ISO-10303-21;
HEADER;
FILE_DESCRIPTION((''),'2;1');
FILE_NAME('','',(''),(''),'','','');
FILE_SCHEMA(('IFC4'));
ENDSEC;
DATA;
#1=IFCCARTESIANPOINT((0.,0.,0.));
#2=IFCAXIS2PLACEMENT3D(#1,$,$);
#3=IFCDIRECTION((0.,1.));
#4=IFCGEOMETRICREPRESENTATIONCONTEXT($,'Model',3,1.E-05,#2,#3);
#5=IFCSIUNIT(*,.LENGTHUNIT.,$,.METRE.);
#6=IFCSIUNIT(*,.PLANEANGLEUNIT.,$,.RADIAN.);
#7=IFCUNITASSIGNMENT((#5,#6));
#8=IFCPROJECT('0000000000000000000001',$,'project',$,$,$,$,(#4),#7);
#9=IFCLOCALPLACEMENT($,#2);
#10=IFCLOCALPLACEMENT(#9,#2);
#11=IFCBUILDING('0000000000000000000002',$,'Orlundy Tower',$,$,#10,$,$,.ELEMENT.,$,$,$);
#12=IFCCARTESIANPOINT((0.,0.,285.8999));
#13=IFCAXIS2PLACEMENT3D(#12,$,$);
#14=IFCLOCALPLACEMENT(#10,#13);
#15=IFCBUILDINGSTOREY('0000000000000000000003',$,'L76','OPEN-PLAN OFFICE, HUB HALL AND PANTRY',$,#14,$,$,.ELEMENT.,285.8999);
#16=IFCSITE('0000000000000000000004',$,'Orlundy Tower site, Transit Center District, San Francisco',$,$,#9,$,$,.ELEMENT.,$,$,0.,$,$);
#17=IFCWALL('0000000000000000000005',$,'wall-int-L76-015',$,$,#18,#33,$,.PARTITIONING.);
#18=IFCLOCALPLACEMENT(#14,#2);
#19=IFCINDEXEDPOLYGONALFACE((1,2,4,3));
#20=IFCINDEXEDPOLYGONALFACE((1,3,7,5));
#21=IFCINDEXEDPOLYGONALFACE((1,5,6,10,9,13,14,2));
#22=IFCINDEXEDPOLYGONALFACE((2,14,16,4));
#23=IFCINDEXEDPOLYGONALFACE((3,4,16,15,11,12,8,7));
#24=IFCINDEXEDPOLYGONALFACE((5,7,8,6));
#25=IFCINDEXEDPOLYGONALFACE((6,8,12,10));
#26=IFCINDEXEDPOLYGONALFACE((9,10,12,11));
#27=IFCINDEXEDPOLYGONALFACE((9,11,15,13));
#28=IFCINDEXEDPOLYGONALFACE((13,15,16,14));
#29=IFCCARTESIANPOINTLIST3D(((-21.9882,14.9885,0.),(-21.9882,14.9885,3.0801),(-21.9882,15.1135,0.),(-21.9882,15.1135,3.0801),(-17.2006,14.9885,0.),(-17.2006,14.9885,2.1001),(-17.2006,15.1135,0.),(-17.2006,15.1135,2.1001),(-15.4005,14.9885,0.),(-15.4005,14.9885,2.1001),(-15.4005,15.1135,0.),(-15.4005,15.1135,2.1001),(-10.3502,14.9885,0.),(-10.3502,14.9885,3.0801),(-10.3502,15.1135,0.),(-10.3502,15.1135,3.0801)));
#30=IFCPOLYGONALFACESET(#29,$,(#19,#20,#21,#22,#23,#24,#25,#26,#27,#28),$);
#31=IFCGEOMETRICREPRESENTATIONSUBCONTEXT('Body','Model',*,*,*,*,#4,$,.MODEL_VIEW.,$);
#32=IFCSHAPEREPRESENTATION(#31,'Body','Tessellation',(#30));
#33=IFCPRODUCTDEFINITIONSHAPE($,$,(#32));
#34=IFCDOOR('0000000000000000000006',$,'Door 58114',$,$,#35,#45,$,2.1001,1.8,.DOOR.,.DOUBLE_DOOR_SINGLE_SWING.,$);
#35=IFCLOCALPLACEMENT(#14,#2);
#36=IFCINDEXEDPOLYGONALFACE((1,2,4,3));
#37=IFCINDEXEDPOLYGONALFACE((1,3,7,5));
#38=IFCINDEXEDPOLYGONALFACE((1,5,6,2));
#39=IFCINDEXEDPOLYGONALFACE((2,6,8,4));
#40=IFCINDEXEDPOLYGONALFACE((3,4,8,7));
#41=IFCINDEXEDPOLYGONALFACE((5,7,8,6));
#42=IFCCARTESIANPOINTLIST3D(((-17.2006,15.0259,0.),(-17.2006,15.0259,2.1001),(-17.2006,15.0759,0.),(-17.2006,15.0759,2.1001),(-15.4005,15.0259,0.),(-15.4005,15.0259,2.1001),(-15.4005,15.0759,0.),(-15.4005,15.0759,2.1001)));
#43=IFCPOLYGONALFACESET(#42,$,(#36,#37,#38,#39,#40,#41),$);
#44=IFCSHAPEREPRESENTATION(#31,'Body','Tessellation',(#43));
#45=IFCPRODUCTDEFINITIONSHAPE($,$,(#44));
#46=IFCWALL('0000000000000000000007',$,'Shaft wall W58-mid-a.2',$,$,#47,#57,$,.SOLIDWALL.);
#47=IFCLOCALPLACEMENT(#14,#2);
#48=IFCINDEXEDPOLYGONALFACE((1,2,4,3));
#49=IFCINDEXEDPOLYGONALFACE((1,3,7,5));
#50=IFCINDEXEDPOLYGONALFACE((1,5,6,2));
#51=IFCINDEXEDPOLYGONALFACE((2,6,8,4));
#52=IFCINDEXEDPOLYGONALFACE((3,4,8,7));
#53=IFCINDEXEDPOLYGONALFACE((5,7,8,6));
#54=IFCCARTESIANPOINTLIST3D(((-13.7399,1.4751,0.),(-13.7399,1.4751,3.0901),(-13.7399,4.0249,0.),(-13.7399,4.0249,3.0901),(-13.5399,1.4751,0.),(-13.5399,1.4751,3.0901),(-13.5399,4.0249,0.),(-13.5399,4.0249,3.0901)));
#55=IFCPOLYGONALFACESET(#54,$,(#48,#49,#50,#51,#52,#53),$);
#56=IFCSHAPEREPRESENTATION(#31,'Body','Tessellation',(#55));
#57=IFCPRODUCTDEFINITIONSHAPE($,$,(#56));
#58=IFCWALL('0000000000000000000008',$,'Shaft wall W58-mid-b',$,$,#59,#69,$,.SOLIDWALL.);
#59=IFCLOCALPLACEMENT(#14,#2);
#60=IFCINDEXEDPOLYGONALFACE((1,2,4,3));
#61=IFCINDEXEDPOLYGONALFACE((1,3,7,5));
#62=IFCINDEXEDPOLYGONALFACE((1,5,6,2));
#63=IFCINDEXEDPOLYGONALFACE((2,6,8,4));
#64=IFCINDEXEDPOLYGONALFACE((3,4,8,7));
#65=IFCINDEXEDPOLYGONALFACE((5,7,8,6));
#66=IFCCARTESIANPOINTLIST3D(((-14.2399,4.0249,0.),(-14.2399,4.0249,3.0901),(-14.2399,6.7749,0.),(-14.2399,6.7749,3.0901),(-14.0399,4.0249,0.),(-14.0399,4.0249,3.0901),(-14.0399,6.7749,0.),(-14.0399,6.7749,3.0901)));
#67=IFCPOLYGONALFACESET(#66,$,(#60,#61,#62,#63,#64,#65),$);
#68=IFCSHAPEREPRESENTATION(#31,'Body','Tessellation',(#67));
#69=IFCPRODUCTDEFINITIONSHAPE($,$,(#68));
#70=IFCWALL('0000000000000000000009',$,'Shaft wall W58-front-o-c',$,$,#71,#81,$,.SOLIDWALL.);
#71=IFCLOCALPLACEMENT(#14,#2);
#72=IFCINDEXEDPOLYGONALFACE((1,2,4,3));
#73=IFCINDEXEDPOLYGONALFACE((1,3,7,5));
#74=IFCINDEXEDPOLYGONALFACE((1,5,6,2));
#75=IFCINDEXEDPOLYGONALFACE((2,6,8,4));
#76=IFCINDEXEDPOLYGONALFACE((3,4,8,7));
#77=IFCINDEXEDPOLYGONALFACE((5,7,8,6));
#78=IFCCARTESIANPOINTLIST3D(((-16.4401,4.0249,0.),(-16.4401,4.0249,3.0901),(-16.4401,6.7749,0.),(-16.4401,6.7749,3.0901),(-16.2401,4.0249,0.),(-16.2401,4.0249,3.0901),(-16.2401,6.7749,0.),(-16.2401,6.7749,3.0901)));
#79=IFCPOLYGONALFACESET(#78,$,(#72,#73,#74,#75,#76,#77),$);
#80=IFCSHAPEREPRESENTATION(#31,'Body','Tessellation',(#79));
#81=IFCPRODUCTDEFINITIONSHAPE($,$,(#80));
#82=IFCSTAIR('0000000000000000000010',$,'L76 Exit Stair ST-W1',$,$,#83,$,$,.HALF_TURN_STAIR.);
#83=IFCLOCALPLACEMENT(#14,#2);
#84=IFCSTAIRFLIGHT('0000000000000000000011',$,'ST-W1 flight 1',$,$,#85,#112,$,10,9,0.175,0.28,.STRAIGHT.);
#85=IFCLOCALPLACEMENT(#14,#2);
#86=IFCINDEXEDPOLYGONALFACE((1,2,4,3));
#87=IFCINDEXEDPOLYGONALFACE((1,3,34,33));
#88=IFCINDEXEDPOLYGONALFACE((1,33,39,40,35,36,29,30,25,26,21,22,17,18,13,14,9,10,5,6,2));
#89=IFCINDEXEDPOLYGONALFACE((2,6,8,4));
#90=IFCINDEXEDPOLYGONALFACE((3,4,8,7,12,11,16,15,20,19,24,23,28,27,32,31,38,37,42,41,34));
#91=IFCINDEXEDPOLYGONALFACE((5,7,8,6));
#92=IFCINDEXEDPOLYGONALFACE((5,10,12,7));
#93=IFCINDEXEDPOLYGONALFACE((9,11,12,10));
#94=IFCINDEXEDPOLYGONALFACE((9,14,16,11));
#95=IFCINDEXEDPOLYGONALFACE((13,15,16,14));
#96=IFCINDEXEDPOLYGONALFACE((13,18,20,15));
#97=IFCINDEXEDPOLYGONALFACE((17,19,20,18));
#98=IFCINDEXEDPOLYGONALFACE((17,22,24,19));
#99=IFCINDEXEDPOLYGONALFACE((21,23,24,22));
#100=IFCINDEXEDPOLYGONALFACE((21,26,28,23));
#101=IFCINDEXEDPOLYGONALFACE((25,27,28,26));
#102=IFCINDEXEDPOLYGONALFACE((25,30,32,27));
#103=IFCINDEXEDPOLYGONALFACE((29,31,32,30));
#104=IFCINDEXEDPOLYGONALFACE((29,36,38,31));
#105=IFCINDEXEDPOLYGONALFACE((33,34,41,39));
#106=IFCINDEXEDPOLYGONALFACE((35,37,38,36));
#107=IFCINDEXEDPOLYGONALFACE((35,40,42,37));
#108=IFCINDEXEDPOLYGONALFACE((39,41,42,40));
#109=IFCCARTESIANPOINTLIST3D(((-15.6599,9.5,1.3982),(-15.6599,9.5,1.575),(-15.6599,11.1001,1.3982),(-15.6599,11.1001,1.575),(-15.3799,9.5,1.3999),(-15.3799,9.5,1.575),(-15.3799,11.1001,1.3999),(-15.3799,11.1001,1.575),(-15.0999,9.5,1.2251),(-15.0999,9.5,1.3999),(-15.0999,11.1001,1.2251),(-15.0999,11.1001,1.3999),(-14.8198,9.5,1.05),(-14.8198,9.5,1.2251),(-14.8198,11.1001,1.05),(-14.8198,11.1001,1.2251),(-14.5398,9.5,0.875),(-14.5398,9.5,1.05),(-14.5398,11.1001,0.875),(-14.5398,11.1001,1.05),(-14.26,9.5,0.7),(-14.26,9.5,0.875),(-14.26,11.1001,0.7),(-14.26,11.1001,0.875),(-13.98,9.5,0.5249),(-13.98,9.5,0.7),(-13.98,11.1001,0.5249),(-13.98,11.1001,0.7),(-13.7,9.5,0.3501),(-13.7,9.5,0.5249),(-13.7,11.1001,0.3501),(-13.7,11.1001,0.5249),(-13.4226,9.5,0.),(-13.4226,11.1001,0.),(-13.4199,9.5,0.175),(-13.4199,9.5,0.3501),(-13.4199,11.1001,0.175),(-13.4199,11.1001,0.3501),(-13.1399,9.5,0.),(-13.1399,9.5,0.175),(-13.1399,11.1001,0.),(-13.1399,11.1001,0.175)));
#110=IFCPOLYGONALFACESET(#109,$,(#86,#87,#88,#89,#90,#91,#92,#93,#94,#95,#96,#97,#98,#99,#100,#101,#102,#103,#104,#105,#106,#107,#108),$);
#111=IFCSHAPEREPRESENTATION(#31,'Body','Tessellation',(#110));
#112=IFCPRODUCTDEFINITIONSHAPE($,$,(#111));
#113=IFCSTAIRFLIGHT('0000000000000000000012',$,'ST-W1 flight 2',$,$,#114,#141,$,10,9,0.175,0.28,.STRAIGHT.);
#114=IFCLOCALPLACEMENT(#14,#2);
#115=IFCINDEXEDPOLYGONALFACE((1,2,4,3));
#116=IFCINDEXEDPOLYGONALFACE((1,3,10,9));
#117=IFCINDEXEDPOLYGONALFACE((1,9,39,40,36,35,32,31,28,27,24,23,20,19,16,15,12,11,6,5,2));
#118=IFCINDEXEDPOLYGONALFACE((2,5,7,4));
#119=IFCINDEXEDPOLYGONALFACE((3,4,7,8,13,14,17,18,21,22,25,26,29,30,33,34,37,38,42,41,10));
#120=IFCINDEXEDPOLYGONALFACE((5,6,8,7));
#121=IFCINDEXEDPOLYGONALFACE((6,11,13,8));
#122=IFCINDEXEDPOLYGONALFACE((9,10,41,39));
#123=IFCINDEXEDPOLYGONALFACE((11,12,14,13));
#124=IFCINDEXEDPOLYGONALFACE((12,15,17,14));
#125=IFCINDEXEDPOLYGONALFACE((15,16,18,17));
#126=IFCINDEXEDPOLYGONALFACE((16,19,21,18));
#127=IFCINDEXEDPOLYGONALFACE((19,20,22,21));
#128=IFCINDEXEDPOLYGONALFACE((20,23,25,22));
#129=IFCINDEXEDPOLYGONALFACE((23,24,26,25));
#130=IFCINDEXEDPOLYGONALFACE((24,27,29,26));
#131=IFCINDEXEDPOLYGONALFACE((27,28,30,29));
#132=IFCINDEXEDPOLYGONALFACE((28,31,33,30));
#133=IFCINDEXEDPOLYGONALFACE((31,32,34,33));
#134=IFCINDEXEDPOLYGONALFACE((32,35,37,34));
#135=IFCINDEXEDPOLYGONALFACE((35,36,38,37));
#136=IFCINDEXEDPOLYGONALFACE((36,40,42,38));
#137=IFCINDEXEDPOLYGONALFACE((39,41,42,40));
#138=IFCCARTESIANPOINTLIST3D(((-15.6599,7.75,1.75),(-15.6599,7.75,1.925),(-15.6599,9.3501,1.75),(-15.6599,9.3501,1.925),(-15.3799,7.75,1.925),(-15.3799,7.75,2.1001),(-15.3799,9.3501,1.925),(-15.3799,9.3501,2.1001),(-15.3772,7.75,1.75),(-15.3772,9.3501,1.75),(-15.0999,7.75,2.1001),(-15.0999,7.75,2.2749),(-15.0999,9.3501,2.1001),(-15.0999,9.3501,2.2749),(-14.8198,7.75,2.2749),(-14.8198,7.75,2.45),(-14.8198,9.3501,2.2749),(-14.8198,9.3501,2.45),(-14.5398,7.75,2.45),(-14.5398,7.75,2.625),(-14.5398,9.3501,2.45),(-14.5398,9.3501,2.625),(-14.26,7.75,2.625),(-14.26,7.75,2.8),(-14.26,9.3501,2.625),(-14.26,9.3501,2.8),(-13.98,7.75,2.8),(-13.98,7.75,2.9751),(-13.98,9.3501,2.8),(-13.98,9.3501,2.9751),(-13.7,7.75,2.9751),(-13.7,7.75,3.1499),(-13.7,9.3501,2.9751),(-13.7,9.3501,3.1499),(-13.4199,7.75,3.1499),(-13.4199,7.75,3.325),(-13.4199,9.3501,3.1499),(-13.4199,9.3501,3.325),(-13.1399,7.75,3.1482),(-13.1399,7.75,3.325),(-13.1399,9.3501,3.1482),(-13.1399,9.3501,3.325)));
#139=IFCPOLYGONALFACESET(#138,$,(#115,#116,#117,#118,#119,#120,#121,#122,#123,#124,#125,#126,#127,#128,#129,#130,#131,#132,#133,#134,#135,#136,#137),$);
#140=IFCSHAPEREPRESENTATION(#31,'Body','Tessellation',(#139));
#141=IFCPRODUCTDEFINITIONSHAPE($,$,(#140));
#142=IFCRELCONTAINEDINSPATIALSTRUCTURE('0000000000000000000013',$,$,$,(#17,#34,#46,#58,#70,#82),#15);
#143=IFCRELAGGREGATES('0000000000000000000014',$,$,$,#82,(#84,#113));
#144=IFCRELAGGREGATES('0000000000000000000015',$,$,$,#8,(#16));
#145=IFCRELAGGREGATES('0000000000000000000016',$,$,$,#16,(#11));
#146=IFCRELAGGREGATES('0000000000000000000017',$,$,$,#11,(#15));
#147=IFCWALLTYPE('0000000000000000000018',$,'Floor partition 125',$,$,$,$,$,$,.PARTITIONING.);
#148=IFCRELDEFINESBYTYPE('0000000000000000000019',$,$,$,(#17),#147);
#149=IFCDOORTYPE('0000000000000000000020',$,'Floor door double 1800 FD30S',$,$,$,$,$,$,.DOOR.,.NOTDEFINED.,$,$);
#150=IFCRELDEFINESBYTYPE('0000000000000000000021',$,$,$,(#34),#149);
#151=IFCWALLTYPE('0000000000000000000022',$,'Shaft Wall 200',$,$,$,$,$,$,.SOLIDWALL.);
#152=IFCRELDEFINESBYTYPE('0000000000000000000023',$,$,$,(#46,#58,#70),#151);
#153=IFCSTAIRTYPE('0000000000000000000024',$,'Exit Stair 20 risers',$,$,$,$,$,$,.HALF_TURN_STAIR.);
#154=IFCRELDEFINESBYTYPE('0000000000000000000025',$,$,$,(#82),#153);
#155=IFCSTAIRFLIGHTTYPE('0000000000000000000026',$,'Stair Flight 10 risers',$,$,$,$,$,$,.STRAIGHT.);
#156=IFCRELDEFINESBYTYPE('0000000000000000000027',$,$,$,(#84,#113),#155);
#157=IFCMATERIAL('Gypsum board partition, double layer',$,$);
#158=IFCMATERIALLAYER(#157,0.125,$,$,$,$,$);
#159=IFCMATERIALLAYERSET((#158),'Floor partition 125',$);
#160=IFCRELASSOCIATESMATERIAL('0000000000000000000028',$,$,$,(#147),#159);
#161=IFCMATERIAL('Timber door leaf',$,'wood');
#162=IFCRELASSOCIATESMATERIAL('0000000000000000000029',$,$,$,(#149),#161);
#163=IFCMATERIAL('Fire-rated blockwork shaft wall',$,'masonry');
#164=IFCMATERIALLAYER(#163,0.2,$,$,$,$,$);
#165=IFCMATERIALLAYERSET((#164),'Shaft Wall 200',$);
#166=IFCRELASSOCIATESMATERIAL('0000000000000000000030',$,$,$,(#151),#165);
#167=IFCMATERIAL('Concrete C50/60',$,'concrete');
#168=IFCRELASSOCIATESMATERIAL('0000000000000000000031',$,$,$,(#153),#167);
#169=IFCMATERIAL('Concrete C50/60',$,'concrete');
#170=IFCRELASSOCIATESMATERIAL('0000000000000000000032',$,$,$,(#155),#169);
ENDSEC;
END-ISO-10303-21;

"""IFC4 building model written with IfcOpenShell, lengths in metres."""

from ifc_helpers import new_model, si_unit, direction, frame, frame_2d, origin, place, context, subcontext, project, spatial, polyline, rectangle, outline, extrude, material, layer, layer_set, type_object, element, fill, aggregate, save


model = new_model("IFC4")

# Units and contexts
model_context = context("Model", 3, precision=1e-05, world=origin(), true_north=direction((0.0, 1.0)))
body_context = subcontext(model_context, "Body", "Model", "MODEL_VIEW")
ifc_project = project(units=[si_unit("LENGTHUNIT", "METRE"), si_unit("PLANEANGLEUNIT", "RADIAN")], contexts=[model_context])

# Site, building, storey
site_placement = place(None, origin())
site = spatial("IfcSite", under=ifc_project, at=site_placement, Name="Orlundy Tower site, Transit Center District, San Francisco", CompositionType="ELEMENT", RefElevation=0.0)
building_placement = place(site_placement, origin())
building = spatial("IfcBuilding", under=site, at=building_placement, Name="Orlundy Tower", CompositionType="ELEMENT")
storey_placement = place(building_placement, frame((0.0, 0.0, 285.8999)))
storey = spatial("IfcBuildingStorey", under=building, at=storey_placement, Name="L76", Description="OPEN-PLAN OFFICE, HUB HALL AND PANTRY", CompositionType="ELEMENT", Elevation=285.8999)

# Wall, opening, door
ifc_material_1 = material(Name="Gypsum board partition, double layer")
ifc_layer_1 = layer(ifc_material_1, 0.125)
ifc_layer_set_1 = layer_set([ifc_layer_1], Name="Floor partition 125")
wall_type_1 = type_object("IfcWallType", Name="Floor partition 125", PredefinedType="PARTITIONING", material=ifc_layer_set_1)
wall_1_placement = place(storey_placement, frame((-21.988, 15.051, 0.0), z_axis=(0.0, 0.0, 1.0), x_axis=(1.0, 0.0, 0.0)))
wall_1 = element("IfcWall", 1, at=wall_1_placement, inside=storey, type_object=wall_type_1, Name="wall-int-L76-015", PredefinedType="PARTITIONING", context=body_context, shape_type="SweptSolid", body=[
    extrude(rectangle(XDim=11.6379, YDim=0.125, at=frame_2d((5.8188, 0.0))), origin(), (0.0, 0.0, 1.0), 3.0801),
])
opening_1_placement = place(wall_1_placement, frame((4.7876, 0.0, 0.0)))
opening_1 = element("IfcOpeningElement", 2, at=opening_1_placement, cuts=wall_1, PredefinedType="OPENING", context=body_context, shape_type="SweptSolid", body=[
    extrude(rectangle(XDim=1.8, YDim=2.1001, at=frame_2d((0.8999, 1.05))), frame((0.0, 0.0725, 0.0), z_axis=(0.0, -1.0, 0.0), x_axis=(1.0, 0.0, 0.0)), (0.0, 0.0, 1.0), 0.145),
])
ifc_material_2 = material(Name="Timber door leaf", Category="wood")
door_type_1 = type_object("IfcDoorType", Name="Floor door double 1800 FD30S", OperationType="NOTDEFINED", PredefinedType="DOOR", material=ifc_material_2)
door_1_placement = place(opening_1_placement, origin())
door_1 = element("IfcDoor", 3, at=door_1_placement, inside=storey, type_object=door_type_1, Name="Door 58114", OperationType="DOUBLE_DOOR_SINGLE_SWING", OverallHeight=2.1001, OverallWidth=1.8, PredefinedType="DOOR", context=body_context, shape_type="SweptSolid", body=[
    extrude(rectangle(XDim=1.8, YDim=2.1001, at=frame_2d((0.8999, 1.05))), frame((0.0, 0.0249, 0.0), z_axis=(0.0, -1.0, 0.0), x_axis=(1.0, 0.0, 0.0)), (0.0, 0.0, 1.0), 0.05),
])
fill(opening_1, door_1)

# Walls
ifc_material_3 = material(Name="Fire-rated blockwork shaft wall", Category="masonry")
ifc_layer_2 = layer(ifc_material_3, 0.2)
ifc_layer_set_2 = layer_set([ifc_layer_2], Name="Shaft Wall 200")
wall_type_2 = type_object("IfcWallType", Name="Shaft Wall 200", PredefinedType="SOLIDWALL", material=ifc_layer_set_2)
wall_2_placement = place(storey_placement, frame((-13.6399, 1.4751, 0.0), z_axis=(0.0, 0.0, 1.0), x_axis=(0.0, 1.0, 0.0)))
element("IfcWall", 4, at=wall_2_placement, inside=storey, type_object=wall_type_2, Name="Shaft wall W58-mid-a.2", PredefinedType="SOLIDWALL", context=body_context, shape_type="SweptSolid", body=[
    extrude(rectangle(XDim=2.5498, YDim=0.2, at=frame_2d((1.2749, 0.0))), origin(), (0.0, 0.0, 1.0), 3.0901),
])
for number, where, z_axis, x_axis, name in (
    (5, (-14.1399, 4.0249, 0.0), (0.0, 0.0, 1.0), (0.0, 1.0, 0.0), "Shaft wall W58-mid-b"),
    (6, (-16.3401, 4.0249, 0.0), (0.0, 0.0, 1.0), (0.0, 1.0, 0.0), "Shaft wall W58-front-o-c"),
):
    element("IfcWall", number, at=place(storey_placement, frame(where, z_axis=z_axis, x_axis=x_axis)), inside=storey, type_object=wall_type_2, Name=name, PredefinedType="SOLIDWALL", context=body_context, shape_type="SweptSolid", body=[
        extrude(rectangle(XDim=2.75, YDim=0.2, at=frame_2d((1.375, 0.0))), origin(), (0.0, 0.0, 1.0), 3.0901),
    ])

# Stair, stair flights
ifc_material_4 = material(Name="Concrete C50/60", Category="concrete")
stair_type = type_object("IfcStairType", Name="Exit Stair 20 risers", PredefinedType="HALF_TURN_STAIR", material=ifc_material_4)
stair_placement = place(storey_placement, origin())
stair = element("IfcStair", 7, at=stair_placement, inside=storey, type_object=stair_type, Name="L76 Exit Stair ST-W1", PredefinedType="HALF_TURN_STAIR")
ifc_material_5 = material(Name="Concrete C50/60", Category="concrete")
stair_flight_type = type_object("IfcStairFlightType", Name="Stair Flight 10 risers", PredefinedType="STRAIGHT", material=ifc_material_5)
stair_flight_1_placement = place(storey_placement, frame((-13.1399, 10.3, 0.0), z_axis=(0.0, 0.0, 1.0), x_axis=(-1.0, 0.0, 0.0)))
stair_flight_1 = element("IfcStairFlight", 8, at=stair_flight_1_placement, type_object=stair_flight_type, Name="ST-W1 flight 1", NumberOfRisers=10, NumberOfTreads=9, PredefinedType="STRAIGHT", RiserHeight=0.175, TreadLength=0.28, context=body_context, shape_type="SweptSolid", body=[
    extrude(outline(polyline([(0.0, 0.0), (0.0, 0.175), (0.28, 0.175), (0.28, 0.3501), (0.5601, 0.3501), (0.5601, 0.5249), (0.8401, 0.5249), (0.8401, 0.7), (1.1201, 0.7), (1.1201, 0.875), (1.3999, 0.875), (1.3999, 1.05), (1.6799, 1.05), (1.6799, 1.2251), (1.96, 1.2251), (1.96, 1.3999), (2.24, 1.3999), (2.24, 1.575), (2.52, 1.575), (2.52, 1.75), (2.52, 1.3982), (0.2827, 0.0), (0.0, 0.0)])), frame((0.0, 0.8, 0.0), z_axis=(0.0, -1.0, 0.0), x_axis=(1.0, 0.0, 0.0)), (0.0, 0.0, 1.0), 1.6001),
])
stair_flight_2_placement = place(storey_placement, frame((-15.6599, 8.55, 1.75), z_axis=(0.0, 0.0, 1.0), x_axis=(1.0, 0.0, 0.0)))
stair_flight_2 = element("IfcStairFlight", 9, at=stair_flight_2_placement, type_object=stair_flight_type, Name="ST-W1 flight 2", NumberOfRisers=10, NumberOfTreads=9, PredefinedType="STRAIGHT", RiserHeight=0.175, TreadLength=0.28, context=body_context, shape_type="SweptSolid", body=[
    extrude(outline(polyline([(0.0, 0.0), (0.0, 0.175), (0.28, 0.175), (0.28, 0.3501), (0.5601, 0.3501), (0.5601, 0.5249), (0.8401, 0.5249), (0.8401, 0.7), (1.1201, 0.7), (1.1201, 0.875), (1.3999, 0.875), (1.3999, 1.05), (1.6799, 1.05), (1.6799, 1.2251), (1.96, 1.2251), (1.96, 1.3999), (2.24, 1.3999), (2.24, 1.575), (2.52, 1.575), (2.52, 1.75), (2.52, 1.3982), (0.2827, 0.0), (0.0, 0.0)])), frame((0.0, 0.8, 0.0), z_axis=(0.0, -1.0, 0.0), x_axis=(1.0, 0.0, 0.0)), (0.0, 0.0, 1.0), 1.6001),
])
aggregate(stair, [stair_flight_1, stair_flight_2])

save(model, "model.ifc")
